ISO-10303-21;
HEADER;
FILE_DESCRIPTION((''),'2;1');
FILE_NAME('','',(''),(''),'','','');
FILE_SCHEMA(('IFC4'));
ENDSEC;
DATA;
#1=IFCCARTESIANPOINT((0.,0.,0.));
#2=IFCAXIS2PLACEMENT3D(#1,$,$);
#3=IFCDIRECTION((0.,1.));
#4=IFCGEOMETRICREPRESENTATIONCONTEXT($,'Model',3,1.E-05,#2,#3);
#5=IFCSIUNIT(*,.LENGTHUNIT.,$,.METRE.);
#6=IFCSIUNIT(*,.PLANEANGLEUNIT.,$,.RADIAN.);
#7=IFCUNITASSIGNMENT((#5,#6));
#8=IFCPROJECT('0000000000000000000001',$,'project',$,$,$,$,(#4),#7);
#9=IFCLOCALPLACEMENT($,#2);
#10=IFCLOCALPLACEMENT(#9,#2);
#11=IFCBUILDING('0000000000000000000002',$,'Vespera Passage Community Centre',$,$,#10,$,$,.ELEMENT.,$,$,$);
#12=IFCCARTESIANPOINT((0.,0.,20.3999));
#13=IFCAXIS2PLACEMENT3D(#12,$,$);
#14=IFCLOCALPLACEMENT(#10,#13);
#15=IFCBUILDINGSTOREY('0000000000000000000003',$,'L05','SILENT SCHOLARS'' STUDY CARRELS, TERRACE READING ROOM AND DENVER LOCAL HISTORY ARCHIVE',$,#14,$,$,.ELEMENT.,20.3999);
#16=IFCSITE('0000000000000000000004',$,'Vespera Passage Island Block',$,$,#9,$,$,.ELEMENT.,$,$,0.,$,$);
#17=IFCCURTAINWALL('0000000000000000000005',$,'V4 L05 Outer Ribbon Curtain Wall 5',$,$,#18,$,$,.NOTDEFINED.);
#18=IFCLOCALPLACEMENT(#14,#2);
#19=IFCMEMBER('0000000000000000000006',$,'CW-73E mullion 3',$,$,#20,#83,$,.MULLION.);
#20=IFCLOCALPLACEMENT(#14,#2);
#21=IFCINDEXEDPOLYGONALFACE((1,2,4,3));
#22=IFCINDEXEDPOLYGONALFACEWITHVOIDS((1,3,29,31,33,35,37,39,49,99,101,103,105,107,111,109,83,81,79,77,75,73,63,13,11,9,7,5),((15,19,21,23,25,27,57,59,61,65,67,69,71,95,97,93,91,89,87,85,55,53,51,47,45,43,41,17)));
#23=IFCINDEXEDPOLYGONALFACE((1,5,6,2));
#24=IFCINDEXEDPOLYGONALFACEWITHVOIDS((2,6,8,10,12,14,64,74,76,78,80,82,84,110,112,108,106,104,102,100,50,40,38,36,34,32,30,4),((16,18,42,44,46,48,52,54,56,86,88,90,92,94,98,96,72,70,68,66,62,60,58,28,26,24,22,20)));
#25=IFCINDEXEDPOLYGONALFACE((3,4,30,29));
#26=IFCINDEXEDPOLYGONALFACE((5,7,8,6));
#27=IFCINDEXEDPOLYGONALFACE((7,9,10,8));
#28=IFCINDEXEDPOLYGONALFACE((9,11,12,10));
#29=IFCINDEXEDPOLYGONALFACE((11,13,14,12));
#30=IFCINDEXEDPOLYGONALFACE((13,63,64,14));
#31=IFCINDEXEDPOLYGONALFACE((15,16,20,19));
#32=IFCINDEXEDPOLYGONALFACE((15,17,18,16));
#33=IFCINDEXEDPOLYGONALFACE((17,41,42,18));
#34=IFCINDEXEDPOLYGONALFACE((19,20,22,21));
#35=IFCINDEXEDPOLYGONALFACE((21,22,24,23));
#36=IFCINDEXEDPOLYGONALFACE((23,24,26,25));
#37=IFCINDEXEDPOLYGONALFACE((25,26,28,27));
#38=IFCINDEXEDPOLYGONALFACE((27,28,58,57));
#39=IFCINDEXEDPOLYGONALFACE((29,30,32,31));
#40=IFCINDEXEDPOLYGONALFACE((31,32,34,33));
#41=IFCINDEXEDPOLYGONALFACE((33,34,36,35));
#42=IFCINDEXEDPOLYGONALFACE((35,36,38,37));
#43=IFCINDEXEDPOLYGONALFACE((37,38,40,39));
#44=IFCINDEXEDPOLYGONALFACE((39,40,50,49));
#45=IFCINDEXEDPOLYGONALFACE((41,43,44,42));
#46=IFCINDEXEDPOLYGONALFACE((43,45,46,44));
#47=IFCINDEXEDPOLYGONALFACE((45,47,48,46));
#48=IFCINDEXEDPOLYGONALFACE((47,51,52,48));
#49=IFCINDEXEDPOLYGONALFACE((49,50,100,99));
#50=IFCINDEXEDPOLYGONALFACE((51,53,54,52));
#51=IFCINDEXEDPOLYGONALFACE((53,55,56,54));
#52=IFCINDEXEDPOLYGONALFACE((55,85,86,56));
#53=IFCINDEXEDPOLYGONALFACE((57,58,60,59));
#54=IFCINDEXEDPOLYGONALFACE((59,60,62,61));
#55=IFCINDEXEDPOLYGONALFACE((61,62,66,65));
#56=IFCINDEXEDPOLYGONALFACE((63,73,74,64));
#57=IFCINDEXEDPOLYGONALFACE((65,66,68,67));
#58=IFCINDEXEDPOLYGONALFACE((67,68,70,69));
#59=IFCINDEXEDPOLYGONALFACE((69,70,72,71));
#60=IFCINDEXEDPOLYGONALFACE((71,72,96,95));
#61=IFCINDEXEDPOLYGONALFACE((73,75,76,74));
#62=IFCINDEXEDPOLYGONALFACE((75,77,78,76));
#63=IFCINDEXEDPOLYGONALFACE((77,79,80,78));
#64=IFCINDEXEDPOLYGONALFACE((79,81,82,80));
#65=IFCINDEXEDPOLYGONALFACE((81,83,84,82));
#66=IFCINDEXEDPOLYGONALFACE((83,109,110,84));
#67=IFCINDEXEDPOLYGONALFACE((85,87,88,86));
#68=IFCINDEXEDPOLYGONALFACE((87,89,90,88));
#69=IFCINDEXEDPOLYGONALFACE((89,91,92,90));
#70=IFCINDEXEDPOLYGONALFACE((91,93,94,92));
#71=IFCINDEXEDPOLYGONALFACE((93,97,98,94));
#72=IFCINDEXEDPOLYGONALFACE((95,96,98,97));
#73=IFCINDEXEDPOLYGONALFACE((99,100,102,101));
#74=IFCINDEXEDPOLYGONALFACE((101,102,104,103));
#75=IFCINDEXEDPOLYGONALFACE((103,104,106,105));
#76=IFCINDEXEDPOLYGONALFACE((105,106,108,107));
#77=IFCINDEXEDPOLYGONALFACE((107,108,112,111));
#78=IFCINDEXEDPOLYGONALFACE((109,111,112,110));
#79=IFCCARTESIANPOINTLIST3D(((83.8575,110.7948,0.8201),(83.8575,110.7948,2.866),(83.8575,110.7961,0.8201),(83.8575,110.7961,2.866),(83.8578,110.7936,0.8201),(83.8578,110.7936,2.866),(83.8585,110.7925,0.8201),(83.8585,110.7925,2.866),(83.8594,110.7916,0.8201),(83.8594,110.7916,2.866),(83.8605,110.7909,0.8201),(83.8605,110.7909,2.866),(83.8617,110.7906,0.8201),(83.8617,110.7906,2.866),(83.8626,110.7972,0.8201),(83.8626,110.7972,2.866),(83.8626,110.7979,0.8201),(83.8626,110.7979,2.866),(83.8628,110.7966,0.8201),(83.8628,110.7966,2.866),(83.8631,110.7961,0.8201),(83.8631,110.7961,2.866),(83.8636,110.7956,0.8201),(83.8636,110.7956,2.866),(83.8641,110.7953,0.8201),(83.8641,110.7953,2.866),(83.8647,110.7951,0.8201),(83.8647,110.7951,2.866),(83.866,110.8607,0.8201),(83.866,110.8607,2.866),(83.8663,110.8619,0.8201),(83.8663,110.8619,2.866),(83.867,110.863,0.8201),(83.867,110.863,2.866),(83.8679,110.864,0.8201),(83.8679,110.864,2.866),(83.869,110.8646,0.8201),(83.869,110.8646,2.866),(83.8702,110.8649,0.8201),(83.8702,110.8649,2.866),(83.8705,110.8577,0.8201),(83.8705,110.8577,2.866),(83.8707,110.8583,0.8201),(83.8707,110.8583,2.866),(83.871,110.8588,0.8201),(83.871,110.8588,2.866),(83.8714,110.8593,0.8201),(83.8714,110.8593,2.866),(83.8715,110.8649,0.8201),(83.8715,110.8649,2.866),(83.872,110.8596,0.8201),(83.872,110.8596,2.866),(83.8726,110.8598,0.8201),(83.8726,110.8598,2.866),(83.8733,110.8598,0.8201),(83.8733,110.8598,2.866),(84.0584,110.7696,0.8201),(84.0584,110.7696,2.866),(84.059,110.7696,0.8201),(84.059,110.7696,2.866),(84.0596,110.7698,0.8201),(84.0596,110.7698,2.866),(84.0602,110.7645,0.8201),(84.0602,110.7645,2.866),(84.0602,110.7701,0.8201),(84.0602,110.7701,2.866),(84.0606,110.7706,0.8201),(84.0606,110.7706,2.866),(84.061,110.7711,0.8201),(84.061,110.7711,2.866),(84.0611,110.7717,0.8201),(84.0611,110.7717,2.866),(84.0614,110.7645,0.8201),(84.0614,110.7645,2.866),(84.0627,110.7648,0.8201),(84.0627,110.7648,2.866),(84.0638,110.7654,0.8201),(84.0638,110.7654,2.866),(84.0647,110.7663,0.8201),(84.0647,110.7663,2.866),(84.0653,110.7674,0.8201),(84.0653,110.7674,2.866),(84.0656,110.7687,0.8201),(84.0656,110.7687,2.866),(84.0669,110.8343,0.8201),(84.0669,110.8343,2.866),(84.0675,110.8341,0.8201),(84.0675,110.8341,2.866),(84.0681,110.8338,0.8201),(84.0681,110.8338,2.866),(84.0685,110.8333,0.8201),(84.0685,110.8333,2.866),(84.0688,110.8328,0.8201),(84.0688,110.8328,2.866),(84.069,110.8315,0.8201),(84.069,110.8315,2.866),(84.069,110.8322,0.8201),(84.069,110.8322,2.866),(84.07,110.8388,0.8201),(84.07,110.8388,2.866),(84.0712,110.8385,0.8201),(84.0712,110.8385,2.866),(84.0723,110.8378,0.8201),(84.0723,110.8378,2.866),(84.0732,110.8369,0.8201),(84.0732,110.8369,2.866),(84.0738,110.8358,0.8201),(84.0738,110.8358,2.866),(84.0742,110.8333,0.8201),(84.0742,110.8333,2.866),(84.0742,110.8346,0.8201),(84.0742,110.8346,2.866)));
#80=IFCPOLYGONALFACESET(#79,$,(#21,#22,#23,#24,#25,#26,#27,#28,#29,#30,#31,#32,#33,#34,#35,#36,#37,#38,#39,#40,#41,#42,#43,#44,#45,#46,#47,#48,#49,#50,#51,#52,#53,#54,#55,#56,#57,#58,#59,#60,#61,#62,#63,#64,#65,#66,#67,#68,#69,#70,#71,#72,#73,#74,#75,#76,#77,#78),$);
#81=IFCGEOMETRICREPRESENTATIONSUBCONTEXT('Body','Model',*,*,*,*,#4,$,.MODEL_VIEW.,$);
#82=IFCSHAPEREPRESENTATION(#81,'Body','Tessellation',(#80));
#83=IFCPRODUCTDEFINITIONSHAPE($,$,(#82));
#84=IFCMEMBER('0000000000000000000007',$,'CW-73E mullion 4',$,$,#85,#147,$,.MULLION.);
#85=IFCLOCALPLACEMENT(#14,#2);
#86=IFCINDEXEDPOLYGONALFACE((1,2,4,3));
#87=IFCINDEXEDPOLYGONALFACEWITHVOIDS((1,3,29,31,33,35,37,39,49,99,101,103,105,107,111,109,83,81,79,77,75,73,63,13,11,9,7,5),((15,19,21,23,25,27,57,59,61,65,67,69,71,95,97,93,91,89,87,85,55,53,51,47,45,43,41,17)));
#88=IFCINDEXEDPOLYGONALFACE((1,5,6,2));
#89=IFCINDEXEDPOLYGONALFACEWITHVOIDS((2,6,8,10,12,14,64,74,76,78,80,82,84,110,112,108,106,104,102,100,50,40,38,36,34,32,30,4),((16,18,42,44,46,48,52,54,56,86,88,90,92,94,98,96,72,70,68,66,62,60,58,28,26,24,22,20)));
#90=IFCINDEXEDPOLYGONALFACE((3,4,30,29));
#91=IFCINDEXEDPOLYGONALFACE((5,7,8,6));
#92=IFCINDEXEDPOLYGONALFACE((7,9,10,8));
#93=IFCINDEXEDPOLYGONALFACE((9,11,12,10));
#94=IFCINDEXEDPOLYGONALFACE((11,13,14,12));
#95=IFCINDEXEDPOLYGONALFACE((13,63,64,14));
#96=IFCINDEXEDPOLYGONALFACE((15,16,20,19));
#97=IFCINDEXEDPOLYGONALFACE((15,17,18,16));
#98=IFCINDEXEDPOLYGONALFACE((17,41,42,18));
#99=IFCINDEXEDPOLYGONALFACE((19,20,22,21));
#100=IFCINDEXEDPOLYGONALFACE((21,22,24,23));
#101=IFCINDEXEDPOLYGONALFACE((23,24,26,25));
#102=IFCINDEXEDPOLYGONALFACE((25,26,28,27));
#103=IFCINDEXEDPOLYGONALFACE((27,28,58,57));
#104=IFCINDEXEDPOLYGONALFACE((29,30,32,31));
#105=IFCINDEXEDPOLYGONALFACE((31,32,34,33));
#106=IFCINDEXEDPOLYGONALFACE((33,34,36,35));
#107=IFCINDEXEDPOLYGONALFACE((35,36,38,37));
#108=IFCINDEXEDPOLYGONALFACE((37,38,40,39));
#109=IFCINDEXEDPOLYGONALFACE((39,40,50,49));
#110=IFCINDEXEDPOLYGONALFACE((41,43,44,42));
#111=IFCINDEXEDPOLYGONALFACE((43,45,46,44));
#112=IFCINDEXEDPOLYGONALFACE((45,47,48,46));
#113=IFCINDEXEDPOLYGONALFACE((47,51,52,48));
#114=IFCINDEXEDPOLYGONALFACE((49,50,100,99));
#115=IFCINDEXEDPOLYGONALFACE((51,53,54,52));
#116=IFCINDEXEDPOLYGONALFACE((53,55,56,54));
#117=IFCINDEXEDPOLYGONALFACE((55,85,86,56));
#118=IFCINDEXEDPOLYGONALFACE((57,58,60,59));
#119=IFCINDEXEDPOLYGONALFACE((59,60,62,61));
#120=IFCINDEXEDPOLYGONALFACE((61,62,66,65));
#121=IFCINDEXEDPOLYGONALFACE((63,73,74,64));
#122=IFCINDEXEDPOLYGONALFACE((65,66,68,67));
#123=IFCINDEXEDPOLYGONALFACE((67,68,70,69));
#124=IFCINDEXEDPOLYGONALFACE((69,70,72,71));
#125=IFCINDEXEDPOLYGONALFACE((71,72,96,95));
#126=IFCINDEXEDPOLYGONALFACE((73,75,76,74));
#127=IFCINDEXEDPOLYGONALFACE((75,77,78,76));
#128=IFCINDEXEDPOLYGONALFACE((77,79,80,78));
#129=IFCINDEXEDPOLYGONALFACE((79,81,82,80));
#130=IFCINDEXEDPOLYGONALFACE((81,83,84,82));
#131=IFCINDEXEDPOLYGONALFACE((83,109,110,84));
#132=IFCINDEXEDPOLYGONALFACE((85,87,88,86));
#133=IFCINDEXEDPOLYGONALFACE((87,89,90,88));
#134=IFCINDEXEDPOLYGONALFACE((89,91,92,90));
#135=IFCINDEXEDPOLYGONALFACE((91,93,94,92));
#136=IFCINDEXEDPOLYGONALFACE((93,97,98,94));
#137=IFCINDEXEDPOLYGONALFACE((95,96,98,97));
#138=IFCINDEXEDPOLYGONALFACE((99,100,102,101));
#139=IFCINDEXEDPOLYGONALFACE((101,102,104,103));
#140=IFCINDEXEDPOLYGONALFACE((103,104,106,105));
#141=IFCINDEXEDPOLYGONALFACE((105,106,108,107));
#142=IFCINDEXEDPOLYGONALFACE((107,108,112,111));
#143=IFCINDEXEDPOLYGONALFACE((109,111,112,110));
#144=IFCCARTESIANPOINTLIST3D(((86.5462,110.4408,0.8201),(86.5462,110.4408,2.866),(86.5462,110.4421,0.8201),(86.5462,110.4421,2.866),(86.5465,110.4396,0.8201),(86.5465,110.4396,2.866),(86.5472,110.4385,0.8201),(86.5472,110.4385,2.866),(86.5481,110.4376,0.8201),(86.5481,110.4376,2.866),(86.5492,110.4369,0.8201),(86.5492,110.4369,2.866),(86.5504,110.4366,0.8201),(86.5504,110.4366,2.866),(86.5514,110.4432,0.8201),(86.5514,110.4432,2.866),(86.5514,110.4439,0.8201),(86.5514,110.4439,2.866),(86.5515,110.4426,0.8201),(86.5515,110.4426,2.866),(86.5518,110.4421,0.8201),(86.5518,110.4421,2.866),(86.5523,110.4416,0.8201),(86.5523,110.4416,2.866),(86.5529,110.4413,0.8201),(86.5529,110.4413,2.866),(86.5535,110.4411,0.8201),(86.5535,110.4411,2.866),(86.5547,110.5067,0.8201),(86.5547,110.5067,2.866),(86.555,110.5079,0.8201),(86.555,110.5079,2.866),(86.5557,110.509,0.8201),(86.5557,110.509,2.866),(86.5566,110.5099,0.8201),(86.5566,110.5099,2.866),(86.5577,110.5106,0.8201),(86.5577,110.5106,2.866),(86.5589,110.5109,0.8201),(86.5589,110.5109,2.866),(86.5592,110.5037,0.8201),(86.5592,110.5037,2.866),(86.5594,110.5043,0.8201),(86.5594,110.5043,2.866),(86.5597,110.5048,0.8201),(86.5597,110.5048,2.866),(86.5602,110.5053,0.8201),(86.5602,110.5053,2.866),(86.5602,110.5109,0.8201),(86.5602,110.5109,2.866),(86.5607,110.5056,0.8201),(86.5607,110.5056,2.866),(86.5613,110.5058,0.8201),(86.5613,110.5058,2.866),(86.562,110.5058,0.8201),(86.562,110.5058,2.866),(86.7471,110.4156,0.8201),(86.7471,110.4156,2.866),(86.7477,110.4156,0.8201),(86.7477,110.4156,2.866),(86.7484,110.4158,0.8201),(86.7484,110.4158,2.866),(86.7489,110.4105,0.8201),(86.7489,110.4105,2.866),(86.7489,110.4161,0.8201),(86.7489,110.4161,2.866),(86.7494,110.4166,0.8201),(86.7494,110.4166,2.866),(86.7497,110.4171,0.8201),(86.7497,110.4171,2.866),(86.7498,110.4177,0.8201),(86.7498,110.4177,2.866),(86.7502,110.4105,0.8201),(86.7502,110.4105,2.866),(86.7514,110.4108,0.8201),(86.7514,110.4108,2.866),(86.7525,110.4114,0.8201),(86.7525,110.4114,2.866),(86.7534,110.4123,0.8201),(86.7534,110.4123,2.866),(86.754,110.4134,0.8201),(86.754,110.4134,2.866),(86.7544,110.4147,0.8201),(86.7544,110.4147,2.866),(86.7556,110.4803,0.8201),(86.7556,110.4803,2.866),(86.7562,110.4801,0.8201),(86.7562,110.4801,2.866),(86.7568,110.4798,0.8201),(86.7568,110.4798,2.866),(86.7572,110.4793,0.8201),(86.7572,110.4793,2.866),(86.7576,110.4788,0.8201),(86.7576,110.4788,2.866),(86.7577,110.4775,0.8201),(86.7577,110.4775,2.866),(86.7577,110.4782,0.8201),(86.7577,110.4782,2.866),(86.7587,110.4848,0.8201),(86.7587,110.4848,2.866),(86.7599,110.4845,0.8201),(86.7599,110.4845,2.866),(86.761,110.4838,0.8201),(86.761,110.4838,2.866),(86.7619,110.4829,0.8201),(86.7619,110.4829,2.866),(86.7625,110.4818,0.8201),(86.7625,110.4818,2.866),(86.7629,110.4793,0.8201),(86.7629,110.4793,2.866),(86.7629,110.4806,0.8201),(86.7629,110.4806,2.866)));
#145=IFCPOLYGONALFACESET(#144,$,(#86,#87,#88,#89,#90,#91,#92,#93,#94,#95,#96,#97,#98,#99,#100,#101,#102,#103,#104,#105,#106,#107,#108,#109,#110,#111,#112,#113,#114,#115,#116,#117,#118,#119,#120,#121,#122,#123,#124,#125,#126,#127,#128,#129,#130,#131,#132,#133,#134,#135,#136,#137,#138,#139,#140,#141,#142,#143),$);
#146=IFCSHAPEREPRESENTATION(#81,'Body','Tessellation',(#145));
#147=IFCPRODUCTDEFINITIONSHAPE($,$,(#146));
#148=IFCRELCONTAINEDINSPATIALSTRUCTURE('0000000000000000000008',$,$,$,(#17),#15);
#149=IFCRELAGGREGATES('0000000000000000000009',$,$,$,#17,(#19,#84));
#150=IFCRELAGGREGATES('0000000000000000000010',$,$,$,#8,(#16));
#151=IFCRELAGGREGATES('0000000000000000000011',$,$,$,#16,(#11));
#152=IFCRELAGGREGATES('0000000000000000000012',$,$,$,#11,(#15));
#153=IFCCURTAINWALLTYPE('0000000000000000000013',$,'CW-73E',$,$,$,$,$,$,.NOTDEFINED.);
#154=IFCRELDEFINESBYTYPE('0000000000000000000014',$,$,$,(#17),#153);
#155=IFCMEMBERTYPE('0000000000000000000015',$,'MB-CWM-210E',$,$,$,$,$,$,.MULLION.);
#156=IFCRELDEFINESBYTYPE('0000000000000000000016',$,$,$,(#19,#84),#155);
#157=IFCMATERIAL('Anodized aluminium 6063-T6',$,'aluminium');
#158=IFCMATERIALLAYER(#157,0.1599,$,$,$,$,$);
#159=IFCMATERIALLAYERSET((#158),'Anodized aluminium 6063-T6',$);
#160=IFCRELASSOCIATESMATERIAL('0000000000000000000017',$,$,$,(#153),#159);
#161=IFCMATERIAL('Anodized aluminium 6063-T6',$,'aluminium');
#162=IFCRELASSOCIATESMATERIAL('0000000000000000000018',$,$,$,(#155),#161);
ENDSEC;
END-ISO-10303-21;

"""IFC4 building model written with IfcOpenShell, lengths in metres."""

from ifc_helpers import new_model, si_unit, direction, frame, origin, origin_2d, place, context, subcontext, project, spatial, hollow_rectangle, extrude, material, layer, layer_set, material_profile, profile_set, type_object, element, aggregate, save


model = new_model("IFC4")

# Units and contexts
model_context = context("Model", 3, precision=1e-05, world=origin(), true_north=direction((0.0, 1.0)))
body_context = subcontext(model_context, "Body", "Model", "MODEL_VIEW")
ifc_project = project(units=[si_unit("LENGTHUNIT", "METRE"), si_unit("PLANEANGLEUNIT", "RADIAN")], contexts=[model_context])

# Site, building, storey
site_placement = place(None, origin())
site = spatial("IfcSite", under=ifc_project, at=site_placement, Name="Vespera Passage Island Block", CompositionType="ELEMENT", RefElevation=0.0)
building_placement = place(site_placement, origin())
building = spatial("IfcBuilding", under=site, at=building_placement, Name="Vespera Passage Community Centre", CompositionType="ELEMENT")
storey_placement = place(building_placement, frame((0.0, 0.0, 20.3999)))
storey = spatial("IfcBuildingStorey", under=building, at=storey_placement, Name="L05", Description="SILENT SCHOLARS' STUDY CARRELS, TERRACE READING ROOM AND DENVER LOCAL HISTORY ARCHIVE", CompositionType="ELEMENT", Elevation=20.3999)

# Curtain wall, members
ifc_material_1 = material(Name="Anodized aluminium 6063-T6", Category="aluminium")
ifc_layer_1 = layer(ifc_material_1, 0.1599)
ifc_layer_set_1 = layer_set([ifc_layer_1], Name="Anodized aluminium 6063-T6")
curtain_wall_type_1 = type_object("IfcCurtainWallType", Name="CW-73E", PredefinedType="NOTDEFINED", material=ifc_layer_set_1)
curtain_wall_1_placement = place(storey_placement, origin())
curtain_wall_1 = element("IfcCurtainWall", 1, at=curtain_wall_1_placement, inside=storey, type_object=curtain_wall_type_1, Name="V4 L05 Outer Ribbon Curtain Wall 5", PredefinedType="NOTDEFINED")
ifc_material_2 = material(Name="Anodized aluminium 6063-T6", Category="aluminium")
ifc_material_profile_1 = material_profile(ifc_material_2, hollow_rectangle(XDim=0.075, YDim=0.21, WallThickness=0.0049, InnerFilletRadius=0.0024, OuterFilletRadius=0.0049, at=origin_2d()), Name="ALU210X75X5")
ifc_profile_set_1 = profile_set([ifc_material_profile_1], Name="Anodized aluminium 6063-T6")
member_type_1 = type_object("IfcMemberType", Name="MB-CWM-210E", PredefinedType="MULLION", material=ifc_profile_set_1)
member_1_placement = place(storey_placement, frame((83.9658, 110.8147, 0.8201), z_axis=(0.0, 0.0, 1.0), x_axis=(0.130531, 0.991444, 0.0)))
member_1 = element("IfcMember", 2, at=member_1_placement, type_object=member_type_1, Name="CW-73E mullion 3", PredefinedType="MULLION", context=body_context, shape_type="SweptSolid", body=[
    extrude(hollow_rectangle(XDim=0.075, YDim=0.21, WallThickness=0.0049, InnerFilletRadius=0.0024, OuterFilletRadius=0.0049, at=origin_2d()), origin(), (0.0, 0.0, 1.0), 2.0459),
])
member_2_placement = place(storey_placement, frame((86.6545, 110.4607, 0.8201), z_axis=(0.0, 0.0, 1.0), x_axis=(0.130531, 0.991444, 0.0)))
member_2 = element("IfcMember", 3, at=member_2_placement, type_object=member_type_1, Name="CW-73E mullion 4", PredefinedType="MULLION", context=body_context, shape_type="SweptSolid", body=[
    extrude(hollow_rectangle(XDim=0.075, YDim=0.21, WallThickness=0.0049, InnerFilletRadius=0.0024, OuterFilletRadius=0.0049, at=origin_2d()), origin(), (0.0, 0.0, 1.0), 2.0459),
])

aggregate(curtain_wall_1, [member_1, member_2])

save(model, "model.ifc")
